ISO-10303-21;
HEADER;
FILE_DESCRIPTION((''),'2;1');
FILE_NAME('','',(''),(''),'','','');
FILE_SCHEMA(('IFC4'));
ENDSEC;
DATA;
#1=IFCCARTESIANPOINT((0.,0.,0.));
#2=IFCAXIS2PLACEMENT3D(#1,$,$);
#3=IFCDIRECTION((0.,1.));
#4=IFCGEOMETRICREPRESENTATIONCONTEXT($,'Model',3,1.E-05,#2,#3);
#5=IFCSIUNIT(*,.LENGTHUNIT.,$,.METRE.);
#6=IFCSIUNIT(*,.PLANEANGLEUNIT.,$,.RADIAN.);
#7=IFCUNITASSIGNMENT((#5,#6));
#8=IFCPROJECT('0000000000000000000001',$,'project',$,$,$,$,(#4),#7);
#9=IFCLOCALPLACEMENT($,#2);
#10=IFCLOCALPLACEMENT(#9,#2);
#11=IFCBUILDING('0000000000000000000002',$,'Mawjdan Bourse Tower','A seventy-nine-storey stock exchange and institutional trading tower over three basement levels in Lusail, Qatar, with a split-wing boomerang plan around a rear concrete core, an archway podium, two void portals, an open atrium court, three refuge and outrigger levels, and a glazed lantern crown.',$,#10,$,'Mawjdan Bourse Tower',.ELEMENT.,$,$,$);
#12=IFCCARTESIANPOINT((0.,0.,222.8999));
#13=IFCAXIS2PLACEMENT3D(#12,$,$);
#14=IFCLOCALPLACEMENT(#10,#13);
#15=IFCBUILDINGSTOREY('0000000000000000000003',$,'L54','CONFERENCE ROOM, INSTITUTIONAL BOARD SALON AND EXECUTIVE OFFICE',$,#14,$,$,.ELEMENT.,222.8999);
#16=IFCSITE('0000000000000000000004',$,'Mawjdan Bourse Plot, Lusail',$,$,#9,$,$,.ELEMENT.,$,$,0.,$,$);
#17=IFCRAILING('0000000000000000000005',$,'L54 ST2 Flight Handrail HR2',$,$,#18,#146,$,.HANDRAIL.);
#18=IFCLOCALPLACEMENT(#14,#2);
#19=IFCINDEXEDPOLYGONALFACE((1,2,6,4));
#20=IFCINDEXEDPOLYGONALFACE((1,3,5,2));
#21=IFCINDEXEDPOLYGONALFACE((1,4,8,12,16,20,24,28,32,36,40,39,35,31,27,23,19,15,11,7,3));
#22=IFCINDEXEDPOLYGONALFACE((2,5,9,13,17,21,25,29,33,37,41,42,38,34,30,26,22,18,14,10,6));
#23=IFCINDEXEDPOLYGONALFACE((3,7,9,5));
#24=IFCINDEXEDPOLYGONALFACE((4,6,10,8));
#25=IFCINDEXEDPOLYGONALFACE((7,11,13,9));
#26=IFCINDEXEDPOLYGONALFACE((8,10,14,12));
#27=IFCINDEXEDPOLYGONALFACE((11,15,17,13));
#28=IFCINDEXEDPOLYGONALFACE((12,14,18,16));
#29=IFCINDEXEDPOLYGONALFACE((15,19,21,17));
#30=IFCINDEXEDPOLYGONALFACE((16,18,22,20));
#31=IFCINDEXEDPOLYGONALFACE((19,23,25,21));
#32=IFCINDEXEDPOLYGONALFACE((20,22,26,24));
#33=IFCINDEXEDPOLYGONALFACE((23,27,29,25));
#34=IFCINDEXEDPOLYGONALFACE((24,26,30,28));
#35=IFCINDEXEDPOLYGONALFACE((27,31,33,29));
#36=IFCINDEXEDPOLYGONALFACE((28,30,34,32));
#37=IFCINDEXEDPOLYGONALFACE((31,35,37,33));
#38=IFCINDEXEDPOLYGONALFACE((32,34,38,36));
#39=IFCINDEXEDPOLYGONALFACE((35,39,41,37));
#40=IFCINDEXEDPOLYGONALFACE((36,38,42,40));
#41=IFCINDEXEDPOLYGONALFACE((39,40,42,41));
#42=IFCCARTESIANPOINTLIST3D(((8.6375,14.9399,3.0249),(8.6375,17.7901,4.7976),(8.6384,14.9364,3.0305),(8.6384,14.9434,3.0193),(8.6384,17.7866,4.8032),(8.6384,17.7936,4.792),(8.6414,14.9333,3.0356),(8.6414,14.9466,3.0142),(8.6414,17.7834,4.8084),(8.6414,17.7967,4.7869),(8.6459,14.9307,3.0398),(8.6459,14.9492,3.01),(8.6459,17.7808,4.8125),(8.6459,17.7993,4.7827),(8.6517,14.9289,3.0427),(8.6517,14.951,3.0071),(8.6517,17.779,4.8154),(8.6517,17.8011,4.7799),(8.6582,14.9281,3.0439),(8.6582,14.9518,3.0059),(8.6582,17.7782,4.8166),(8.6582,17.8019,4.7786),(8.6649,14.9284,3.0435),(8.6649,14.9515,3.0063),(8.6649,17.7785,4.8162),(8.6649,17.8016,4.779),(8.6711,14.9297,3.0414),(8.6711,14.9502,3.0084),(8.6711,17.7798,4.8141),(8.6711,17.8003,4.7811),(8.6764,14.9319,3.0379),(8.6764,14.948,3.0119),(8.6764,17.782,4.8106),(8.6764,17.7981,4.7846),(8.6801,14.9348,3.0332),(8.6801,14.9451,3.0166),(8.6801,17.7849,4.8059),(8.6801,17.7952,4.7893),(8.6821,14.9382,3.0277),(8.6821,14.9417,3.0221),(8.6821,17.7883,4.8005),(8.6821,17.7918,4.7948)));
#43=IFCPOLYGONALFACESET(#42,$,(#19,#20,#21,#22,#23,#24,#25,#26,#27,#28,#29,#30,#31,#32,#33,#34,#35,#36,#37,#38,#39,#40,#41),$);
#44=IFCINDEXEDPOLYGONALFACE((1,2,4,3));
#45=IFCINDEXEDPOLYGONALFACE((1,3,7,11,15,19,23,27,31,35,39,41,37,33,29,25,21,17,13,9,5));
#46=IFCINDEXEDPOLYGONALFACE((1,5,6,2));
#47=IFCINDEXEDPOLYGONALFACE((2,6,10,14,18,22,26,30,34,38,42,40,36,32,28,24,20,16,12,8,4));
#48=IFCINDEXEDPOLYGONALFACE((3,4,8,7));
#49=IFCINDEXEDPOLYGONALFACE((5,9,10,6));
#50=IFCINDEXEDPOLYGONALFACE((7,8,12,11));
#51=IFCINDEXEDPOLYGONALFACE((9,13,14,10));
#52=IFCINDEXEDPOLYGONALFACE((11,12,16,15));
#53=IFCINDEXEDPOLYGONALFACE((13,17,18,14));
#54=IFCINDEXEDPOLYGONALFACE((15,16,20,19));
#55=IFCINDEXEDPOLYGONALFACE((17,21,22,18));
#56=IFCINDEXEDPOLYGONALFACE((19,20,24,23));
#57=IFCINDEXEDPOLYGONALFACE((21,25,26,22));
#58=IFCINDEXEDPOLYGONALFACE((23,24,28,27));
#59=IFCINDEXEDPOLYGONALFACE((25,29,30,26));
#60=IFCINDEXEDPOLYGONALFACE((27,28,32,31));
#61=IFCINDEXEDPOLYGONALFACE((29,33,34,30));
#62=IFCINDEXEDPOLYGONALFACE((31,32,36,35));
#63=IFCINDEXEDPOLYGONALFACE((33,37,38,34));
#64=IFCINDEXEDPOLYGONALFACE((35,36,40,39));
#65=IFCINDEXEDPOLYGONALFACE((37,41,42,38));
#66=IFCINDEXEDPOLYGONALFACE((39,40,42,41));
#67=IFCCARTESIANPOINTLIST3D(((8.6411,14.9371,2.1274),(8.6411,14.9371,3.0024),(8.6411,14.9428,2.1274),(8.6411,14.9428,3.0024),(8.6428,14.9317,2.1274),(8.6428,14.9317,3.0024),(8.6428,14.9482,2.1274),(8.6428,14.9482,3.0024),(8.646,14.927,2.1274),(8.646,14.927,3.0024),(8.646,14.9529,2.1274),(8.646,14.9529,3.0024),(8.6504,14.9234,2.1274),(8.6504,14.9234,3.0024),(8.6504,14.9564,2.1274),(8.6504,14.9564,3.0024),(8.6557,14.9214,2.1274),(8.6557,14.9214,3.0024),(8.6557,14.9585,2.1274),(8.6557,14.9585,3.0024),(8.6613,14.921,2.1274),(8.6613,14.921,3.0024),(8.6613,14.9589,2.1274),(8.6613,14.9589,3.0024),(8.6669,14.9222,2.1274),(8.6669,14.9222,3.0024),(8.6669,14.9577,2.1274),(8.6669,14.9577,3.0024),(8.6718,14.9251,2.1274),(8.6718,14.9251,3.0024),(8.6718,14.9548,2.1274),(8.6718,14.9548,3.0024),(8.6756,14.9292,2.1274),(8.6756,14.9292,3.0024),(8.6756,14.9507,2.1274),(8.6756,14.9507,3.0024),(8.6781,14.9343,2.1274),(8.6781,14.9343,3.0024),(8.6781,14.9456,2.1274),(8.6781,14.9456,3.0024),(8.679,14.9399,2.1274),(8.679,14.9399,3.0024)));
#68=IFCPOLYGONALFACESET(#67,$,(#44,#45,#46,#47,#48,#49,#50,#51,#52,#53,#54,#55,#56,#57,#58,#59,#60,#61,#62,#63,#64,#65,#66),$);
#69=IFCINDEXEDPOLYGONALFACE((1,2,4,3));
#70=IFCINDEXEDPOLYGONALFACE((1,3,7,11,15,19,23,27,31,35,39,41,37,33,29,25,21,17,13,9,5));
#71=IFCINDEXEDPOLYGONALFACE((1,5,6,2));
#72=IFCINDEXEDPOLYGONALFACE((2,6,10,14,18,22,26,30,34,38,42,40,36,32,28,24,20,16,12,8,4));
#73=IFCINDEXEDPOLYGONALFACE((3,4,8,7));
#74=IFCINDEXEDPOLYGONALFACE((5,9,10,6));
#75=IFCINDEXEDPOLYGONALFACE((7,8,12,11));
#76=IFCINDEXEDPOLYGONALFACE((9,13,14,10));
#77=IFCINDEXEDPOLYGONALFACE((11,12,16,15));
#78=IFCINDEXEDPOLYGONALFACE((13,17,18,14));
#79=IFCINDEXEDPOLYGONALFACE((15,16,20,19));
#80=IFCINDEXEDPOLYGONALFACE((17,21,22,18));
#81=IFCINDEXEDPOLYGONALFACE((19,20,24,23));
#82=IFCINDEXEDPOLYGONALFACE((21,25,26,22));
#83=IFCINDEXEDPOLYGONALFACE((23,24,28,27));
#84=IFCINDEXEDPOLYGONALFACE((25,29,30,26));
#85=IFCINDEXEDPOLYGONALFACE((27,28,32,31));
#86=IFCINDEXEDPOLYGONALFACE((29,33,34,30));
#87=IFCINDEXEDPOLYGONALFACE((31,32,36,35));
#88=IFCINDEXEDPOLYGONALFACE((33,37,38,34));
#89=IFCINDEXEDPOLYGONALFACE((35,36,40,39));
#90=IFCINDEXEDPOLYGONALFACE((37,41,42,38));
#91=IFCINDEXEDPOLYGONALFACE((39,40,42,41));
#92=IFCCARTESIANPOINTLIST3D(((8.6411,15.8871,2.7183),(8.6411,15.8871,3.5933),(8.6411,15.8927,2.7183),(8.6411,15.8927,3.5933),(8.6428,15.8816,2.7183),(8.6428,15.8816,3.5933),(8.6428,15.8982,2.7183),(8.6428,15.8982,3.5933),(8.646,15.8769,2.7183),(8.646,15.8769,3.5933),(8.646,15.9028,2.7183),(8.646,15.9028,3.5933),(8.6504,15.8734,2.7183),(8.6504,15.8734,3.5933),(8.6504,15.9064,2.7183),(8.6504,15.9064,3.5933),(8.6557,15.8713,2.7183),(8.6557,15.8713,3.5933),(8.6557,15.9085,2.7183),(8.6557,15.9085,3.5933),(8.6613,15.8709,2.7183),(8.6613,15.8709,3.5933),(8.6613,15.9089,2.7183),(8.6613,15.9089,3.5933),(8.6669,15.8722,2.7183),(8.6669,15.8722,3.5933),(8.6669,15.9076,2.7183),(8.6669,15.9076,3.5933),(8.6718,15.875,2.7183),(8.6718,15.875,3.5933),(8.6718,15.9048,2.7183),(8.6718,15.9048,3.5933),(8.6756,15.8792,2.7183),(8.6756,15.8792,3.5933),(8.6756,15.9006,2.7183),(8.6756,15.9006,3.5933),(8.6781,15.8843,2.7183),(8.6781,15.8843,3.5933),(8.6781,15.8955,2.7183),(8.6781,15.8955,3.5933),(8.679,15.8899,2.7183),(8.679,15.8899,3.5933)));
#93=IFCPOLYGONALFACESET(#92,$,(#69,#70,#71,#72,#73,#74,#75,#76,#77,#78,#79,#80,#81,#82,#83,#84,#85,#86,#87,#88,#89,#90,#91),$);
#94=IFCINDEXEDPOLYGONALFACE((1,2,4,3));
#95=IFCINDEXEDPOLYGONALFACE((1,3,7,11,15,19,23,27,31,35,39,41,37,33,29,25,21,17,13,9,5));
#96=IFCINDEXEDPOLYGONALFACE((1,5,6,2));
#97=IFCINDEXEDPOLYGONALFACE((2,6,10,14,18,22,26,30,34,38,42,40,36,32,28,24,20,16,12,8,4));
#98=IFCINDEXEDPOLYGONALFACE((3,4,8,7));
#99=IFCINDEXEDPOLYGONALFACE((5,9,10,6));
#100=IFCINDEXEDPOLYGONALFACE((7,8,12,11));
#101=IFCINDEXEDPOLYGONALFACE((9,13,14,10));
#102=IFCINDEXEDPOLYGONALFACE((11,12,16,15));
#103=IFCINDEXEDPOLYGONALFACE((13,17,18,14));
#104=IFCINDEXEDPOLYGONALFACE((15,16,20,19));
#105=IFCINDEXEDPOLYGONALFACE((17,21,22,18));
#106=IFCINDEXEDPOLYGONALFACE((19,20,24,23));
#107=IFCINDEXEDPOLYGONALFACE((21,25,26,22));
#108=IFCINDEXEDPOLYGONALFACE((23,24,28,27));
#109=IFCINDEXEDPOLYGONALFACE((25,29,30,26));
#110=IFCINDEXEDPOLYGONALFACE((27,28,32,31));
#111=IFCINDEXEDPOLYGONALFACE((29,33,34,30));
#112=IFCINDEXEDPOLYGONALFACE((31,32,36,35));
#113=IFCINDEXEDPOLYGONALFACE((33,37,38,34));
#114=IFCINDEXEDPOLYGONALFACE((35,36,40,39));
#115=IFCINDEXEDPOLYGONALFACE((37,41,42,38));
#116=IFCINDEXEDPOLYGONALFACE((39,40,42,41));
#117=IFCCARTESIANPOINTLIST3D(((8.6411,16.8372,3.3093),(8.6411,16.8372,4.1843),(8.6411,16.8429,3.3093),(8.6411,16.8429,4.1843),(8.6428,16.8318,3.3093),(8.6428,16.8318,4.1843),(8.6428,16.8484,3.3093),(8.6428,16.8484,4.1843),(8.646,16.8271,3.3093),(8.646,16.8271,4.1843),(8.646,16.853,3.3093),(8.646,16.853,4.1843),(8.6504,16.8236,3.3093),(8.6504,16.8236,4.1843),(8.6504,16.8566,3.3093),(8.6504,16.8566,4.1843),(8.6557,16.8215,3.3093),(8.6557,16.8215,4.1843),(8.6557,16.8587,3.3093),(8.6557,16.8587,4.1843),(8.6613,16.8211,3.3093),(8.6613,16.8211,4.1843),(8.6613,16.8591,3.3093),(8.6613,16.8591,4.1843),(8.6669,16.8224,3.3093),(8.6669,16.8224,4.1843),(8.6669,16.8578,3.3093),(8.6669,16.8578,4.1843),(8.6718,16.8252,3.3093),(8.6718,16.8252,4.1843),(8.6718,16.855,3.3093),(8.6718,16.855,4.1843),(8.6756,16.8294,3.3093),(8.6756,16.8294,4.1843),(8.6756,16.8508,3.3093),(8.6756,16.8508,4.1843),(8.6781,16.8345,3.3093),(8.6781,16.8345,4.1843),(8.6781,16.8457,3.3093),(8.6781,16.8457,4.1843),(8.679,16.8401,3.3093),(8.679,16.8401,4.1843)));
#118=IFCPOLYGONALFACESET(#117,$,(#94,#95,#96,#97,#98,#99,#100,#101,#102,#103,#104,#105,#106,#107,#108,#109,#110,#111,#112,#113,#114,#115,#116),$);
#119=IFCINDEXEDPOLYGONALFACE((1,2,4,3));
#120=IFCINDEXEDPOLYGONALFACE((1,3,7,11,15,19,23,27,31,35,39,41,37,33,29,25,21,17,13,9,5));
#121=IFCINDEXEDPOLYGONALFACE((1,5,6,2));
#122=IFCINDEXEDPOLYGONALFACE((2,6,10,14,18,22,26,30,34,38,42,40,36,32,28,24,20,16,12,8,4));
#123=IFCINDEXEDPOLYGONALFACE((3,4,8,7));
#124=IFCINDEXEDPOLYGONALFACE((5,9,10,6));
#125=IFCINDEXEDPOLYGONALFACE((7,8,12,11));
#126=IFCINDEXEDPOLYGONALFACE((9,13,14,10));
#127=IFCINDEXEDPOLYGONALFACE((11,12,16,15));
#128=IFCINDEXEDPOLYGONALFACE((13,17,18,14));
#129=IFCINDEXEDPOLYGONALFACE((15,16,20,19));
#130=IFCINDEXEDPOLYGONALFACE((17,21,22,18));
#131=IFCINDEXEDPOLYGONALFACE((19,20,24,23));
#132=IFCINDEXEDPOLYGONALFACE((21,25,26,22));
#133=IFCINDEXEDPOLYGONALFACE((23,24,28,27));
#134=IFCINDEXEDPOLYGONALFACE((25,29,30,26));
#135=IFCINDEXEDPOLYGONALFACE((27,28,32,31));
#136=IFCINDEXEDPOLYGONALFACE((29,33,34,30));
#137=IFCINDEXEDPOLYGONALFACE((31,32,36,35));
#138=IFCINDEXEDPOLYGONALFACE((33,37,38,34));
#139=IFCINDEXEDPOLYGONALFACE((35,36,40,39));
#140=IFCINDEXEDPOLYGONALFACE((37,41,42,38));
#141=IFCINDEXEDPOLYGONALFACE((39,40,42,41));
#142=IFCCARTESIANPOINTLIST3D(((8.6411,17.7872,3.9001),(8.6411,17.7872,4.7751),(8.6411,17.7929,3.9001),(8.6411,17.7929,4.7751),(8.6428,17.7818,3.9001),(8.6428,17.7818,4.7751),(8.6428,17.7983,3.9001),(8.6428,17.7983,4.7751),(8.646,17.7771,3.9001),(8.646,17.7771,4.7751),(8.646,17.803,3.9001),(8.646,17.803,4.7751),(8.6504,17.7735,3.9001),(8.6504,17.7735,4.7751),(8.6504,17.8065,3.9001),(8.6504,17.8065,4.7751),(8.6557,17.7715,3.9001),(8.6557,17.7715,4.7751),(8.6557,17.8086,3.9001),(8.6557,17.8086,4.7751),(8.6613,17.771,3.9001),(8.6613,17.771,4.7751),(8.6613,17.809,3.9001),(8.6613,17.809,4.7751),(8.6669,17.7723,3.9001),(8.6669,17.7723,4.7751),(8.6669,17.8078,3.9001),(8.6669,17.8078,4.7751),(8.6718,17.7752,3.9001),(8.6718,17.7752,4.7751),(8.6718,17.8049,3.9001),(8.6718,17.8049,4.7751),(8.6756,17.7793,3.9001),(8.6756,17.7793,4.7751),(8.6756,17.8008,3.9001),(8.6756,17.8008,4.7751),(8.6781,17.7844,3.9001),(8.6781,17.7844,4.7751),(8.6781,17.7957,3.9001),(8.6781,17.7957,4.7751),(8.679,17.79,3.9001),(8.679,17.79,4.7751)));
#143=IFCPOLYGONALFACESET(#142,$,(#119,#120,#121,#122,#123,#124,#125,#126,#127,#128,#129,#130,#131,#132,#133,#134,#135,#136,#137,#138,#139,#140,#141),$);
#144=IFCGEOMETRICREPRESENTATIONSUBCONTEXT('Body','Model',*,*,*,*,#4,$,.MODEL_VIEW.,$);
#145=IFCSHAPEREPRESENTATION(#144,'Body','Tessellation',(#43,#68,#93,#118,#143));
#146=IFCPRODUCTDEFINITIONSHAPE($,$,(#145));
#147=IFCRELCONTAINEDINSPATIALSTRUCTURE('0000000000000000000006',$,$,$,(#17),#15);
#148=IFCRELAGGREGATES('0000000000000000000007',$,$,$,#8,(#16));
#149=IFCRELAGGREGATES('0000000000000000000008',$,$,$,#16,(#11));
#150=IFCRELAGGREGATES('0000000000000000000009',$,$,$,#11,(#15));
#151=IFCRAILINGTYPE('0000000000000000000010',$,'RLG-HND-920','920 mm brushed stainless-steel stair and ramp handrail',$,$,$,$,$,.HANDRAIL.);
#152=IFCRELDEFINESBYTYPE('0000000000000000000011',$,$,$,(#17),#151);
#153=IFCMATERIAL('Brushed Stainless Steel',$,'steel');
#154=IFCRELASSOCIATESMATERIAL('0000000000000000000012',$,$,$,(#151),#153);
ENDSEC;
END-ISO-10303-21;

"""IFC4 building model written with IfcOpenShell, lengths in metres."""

from ifc_helpers import new_model, si_unit, direction, frame, origin, origin_2d, place, context, subcontext, project, spatial, circle, extrude, material, type_object, element, save


model = new_model("IFC4")

# Units and contexts
model_context = context("Model", 3, precision=1e-05, world=origin(), true_north=direction((0.0, 1.0)))
body_context = subcontext(model_context, "Body", "Model", "MODEL_VIEW")
ifc_project = project(units=[si_unit("LENGTHUNIT", "METRE"), si_unit("PLANEANGLEUNIT", "RADIAN")], contexts=[model_context])

# Site, building, storey
site_placement = place(None, origin())
site = spatial("IfcSite", under=ifc_project, at=site_placement, Name="Mawjdan Bourse Plot, Lusail", CompositionType="ELEMENT", RefElevation=0.0)
building_placement = place(site_placement, origin())
building = spatial("IfcBuilding", under=site, at=building_placement, Name="Mawjdan Bourse Tower", Description="A seventy-nine-storey stock exchange and institutional trading tower over three basement levels in Lusail, Qatar, with a split-wing boomerang plan around a rear concrete core, an archway podium, two void portals, an open atrium court, three refuge and outrigger levels, and a glazed lantern crown.", LongName="Mawjdan Bourse Tower", CompositionType="ELEMENT")
storey_placement = place(building_placement, frame((0.0, 0.0, 222.8999)))
storey = spatial("IfcBuildingStorey", under=building, at=storey_placement, Name="L54", Description="CONFERENCE ROOM, INSTITUTIONAL BOARD SALON AND EXECUTIVE OFFICE", CompositionType="ELEMENT", Elevation=222.8999)

# Railing
ifc_material_1 = material(Name="Brushed Stainless Steel", Category="steel")
railing_type_1 = type_object("IfcRailingType", Name="RLG-HND-920", Description="920 mm brushed stainless-steel stair and ramp handrail", PredefinedType="HANDRAIL", material=ifc_material_1)
for number, where, name in (
    (1, (8.6599, 14.9399, 2.1274), "L54 ST2 Flight Handrail HR2"),
):
    element("IfcRailing", number, at=place(storey_placement, frame(where)), inside=storey, type_object=railing_type_1, Name=name, PredefinedType="HANDRAIL", context=body_context, shape_type="SweptSolid", body=[
        extrude(circle(Radius=0.0225, at=origin_2d()), frame((0.0, 0.0, 0.8975), z_axis=(0.0, 0.849149, 0.528154), x_axis=(-1.0, 0.0, 0.0)), (0.0, 0.0, 1.0), 3.3564),
        extrude(circle(Radius=0.019, at=origin_2d()), origin(), (0.0, 0.0, 1.0), 0.875),
        extrude(circle(Radius=0.019, at=origin_2d()), frame((0.0, 0.95, 0.5908)), (0.0, 0.0, 1.0), 0.875),
        extrude(circle(Radius=0.019, at=origin_2d()), frame((0.0, 1.9001, 1.1819)), (0.0, 0.0, 1.0), 0.875),
        extrude(circle(Radius=0.019, at=origin_2d()), frame((0.0, 2.8501, 1.7727)), (0.0, 0.0, 1.0), 0.875),
    ])

save(model, "model.ifc")
